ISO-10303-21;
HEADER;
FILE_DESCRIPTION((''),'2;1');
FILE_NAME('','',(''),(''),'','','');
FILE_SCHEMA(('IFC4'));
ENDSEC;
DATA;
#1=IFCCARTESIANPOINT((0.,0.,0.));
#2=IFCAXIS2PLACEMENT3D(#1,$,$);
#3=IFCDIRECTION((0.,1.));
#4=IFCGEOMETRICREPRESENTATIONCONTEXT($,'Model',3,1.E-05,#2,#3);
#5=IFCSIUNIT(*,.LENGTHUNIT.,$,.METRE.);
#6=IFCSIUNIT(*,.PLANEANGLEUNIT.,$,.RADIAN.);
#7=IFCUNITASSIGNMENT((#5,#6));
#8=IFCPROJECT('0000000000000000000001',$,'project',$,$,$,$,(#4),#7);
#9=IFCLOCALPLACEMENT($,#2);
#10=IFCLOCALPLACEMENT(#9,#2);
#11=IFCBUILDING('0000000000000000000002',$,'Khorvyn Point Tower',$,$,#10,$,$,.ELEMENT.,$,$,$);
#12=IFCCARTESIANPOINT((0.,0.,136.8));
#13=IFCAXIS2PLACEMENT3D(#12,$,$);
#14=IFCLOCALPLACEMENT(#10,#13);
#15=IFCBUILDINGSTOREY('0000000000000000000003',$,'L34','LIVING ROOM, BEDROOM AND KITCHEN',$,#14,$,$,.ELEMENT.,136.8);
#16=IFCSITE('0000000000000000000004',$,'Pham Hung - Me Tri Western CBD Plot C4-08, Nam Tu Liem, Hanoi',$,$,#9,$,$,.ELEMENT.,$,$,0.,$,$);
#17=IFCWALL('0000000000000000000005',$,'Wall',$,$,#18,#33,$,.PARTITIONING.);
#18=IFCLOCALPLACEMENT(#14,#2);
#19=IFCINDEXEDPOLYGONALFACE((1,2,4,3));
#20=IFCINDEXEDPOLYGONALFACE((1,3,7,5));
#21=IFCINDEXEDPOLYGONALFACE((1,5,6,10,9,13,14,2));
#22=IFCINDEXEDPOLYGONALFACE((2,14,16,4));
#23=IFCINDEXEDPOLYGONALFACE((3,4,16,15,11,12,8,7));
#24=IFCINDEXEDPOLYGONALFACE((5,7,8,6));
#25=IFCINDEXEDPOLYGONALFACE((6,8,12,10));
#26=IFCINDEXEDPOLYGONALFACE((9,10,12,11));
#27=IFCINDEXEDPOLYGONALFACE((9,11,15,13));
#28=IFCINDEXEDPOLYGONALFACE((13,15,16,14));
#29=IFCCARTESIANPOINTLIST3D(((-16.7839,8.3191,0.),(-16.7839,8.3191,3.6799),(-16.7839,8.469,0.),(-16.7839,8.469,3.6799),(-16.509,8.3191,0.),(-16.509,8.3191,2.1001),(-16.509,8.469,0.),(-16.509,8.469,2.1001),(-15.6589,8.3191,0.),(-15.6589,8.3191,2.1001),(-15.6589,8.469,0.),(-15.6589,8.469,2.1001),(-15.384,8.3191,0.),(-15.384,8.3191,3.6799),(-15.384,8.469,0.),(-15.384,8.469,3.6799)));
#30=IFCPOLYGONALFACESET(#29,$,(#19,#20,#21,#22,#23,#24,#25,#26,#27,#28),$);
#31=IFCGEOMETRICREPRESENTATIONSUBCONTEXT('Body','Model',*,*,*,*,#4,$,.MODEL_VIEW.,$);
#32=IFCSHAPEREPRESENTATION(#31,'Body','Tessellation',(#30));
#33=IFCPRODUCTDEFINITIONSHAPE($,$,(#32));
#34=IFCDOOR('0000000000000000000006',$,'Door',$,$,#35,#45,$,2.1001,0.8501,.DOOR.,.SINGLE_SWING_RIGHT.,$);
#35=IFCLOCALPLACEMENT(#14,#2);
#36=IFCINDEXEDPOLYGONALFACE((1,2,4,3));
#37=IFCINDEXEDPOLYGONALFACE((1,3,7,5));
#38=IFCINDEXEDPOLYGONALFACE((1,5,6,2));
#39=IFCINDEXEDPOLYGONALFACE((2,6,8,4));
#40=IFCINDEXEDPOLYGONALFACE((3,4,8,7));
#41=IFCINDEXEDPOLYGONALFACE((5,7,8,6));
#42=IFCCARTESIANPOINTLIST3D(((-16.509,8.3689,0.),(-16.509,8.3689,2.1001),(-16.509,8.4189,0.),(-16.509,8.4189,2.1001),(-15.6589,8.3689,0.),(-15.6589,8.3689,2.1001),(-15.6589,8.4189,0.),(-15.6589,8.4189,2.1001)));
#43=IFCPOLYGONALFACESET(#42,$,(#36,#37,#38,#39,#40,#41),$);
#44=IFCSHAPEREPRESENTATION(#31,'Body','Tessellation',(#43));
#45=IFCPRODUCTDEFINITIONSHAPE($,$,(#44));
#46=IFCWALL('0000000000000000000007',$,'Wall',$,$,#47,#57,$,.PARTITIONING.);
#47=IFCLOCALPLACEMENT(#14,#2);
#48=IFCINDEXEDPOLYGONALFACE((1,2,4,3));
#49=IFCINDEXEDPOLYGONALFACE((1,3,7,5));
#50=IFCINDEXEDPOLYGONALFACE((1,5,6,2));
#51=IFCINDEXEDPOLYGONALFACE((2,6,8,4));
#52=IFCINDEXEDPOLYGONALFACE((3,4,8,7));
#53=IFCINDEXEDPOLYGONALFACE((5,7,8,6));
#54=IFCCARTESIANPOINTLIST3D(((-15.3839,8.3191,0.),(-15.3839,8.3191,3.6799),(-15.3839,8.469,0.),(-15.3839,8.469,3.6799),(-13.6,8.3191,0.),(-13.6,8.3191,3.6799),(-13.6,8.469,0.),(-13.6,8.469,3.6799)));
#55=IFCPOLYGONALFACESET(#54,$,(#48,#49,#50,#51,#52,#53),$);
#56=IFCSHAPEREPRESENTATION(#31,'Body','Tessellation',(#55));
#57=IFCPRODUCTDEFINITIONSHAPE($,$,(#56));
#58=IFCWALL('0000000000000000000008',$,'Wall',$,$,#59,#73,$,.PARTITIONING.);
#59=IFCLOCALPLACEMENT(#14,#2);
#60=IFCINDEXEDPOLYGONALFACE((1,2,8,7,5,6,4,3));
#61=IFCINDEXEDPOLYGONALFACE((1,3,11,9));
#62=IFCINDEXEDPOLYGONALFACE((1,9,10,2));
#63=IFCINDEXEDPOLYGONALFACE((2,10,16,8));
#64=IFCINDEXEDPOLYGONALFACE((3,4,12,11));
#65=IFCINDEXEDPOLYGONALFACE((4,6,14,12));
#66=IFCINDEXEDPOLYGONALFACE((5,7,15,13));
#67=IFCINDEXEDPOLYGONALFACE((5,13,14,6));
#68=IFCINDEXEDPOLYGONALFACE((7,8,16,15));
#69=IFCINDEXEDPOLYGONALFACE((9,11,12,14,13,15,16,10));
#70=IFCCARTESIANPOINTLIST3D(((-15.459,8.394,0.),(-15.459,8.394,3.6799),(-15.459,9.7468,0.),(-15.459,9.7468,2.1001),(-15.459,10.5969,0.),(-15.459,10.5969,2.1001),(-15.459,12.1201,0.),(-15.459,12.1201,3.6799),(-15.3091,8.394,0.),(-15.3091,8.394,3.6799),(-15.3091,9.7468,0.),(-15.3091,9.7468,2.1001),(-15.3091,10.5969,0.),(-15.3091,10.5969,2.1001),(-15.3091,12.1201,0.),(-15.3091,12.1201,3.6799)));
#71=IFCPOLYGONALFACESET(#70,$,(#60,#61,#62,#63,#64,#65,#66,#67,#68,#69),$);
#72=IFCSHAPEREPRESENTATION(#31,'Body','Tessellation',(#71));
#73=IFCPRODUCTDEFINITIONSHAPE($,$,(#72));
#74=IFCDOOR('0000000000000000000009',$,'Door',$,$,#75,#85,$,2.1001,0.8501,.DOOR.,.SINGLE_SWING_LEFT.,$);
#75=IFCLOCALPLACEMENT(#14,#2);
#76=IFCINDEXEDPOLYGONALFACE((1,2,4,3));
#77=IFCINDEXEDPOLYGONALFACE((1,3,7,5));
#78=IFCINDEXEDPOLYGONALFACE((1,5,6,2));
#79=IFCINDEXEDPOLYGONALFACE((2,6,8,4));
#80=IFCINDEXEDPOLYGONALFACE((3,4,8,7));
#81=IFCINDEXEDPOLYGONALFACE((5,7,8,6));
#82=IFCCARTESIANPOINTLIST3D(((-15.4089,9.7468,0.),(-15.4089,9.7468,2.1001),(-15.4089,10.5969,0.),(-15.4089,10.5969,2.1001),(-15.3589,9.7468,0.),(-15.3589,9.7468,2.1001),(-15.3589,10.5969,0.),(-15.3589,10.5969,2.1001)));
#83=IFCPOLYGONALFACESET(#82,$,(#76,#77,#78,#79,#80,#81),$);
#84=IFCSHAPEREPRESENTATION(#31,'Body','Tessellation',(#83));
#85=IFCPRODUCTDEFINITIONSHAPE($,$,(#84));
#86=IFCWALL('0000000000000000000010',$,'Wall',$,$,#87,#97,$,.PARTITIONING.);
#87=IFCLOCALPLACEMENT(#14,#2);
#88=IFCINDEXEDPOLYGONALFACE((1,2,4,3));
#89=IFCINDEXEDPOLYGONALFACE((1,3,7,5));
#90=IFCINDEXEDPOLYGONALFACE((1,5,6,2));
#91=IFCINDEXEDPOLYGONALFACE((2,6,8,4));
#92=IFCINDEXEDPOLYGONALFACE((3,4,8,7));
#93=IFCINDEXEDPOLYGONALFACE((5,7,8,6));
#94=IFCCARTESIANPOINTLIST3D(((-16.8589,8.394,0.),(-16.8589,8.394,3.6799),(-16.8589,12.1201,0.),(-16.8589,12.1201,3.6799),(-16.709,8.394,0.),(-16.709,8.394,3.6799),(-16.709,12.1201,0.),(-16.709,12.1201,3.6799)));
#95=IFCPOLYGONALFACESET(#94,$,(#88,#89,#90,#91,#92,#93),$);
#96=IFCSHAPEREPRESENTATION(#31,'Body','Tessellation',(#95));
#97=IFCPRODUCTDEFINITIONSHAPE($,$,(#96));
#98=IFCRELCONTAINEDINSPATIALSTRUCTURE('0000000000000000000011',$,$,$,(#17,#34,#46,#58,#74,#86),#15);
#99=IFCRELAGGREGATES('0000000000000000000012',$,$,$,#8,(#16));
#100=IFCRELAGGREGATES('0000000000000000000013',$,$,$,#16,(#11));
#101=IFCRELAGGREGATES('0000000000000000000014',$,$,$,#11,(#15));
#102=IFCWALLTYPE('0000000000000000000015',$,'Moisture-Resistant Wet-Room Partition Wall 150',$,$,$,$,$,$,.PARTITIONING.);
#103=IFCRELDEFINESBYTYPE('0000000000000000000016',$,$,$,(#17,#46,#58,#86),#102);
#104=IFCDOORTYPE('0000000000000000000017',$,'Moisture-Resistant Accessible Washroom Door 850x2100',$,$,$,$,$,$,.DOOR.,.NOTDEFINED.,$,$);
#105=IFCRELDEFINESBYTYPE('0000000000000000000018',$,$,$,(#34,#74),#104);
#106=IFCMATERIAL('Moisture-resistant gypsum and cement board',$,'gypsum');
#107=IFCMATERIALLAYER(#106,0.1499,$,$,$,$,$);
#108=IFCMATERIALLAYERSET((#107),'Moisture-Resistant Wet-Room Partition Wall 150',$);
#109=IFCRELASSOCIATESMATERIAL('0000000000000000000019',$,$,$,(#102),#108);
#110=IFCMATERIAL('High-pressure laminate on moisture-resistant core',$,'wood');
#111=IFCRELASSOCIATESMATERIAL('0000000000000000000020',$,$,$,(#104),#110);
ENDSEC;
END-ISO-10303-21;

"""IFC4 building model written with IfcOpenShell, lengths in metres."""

from ifc_helpers import new_model, si_unit, direction, frame, frame_2d, origin, place, context, subcontext, project, spatial, rectangle, extrude, material, layer, layer_set, type_object, element, fill, save


model = new_model("IFC4")

# Units and contexts
model_context = context("Model", 3, precision=1e-05, world=origin(), true_north=direction((0.0, 1.0)))
body_context = subcontext(model_context, "Body", "Model", "MODEL_VIEW")
ifc_project = project(units=[si_unit("LENGTHUNIT", "METRE"), si_unit("PLANEANGLEUNIT", "RADIAN")], contexts=[model_context])

# Site, building, storey
site_placement = place(None, origin())
site = spatial("IfcSite", under=ifc_project, at=site_placement, Name="Pham Hung - Me Tri Western CBD Plot C4-08, Nam Tu Liem, Hanoi", CompositionType="ELEMENT", RefElevation=0.0)
building_placement = place(site_placement, origin())
building = spatial("IfcBuilding", under=site, at=building_placement, Name="Khorvyn Point Tower", CompositionType="ELEMENT")
storey_placement = place(building_placement, frame((0.0, 0.0, 136.8)))
storey = spatial("IfcBuildingStorey", under=building, at=storey_placement, Name="L34", Description="LIVING ROOM, BEDROOM AND KITCHEN", CompositionType="ELEMENT", Elevation=136.8)

# Wall, opening, door
ifc_material_1 = material(Name="Moisture-resistant gypsum and cement board", Category="gypsum")
ifc_layer_1 = layer(ifc_material_1, 0.1499)
ifc_layer_set_1 = layer_set([ifc_layer_1], Name="Moisture-Resistant Wet-Room Partition Wall 150")
wall_type_1 = type_object("IfcWallType", Name="Moisture-Resistant Wet-Room Partition Wall 150", PredefinedType="PARTITIONING", material=ifc_layer_set_1)
wall_1_placement = place(storey_placement, frame((-16.7839, 8.394, 0.0), z_axis=(0.0, 0.0, 1.0), x_axis=(1.0, 0.0, 0.0)))
wall_1 = element("IfcWall", 1, at=wall_1_placement, inside=storey, type_object=wall_type_1, Name="Wall", PredefinedType="PARTITIONING", context=body_context, shape_type="SweptSolid", body=[
    extrude(rectangle(XDim=1.3999, YDim=0.1499, at=frame_2d((0.7, 0.0))), origin(), (0.0, 0.0, 1.0), 3.6799),
])
opening_1_placement = place(wall_1_placement, frame((0.2749, 0.0, 0.0)))
opening_1 = element("IfcOpeningElement", 2, at=opening_1_placement, cuts=wall_1, PredefinedType="OPENING", context=body_context, shape_type="SweptSolid", body=[
    extrude(rectangle(XDim=0.8501, YDim=2.1001, at=frame_2d((0.425, 1.05))), frame((0.0, 0.085, 0.0), z_axis=(0.0, -1.0, 0.0), x_axis=(1.0, 0.0, 0.0)), (0.0, 0.0, 1.0), 0.1699),
])
ifc_material_2 = material(Name="High-pressure laminate on moisture-resistant core", Category="wood")
door_type_1 = type_object("IfcDoorType", Name="Moisture-Resistant Accessible Washroom Door 850x2100", OperationType="NOTDEFINED", PredefinedType="DOOR", material=ifc_material_2)
door_1_placement = place(opening_1_placement, origin())
door_1 = element("IfcDoor", 3, at=door_1_placement, inside=storey, type_object=door_type_1, Name="Door", OperationType="SINGLE_SWING_RIGHT", OverallHeight=2.1001, OverallWidth=0.8501, PredefinedType="DOOR", context=body_context, shape_type="SweptSolid", body=[
    extrude(rectangle(XDim=0.8501, YDim=2.1001, at=frame_2d((0.425, 1.05))), frame((0.0, 0.0249, 0.0), z_axis=(0.0, -1.0, 0.0), x_axis=(1.0, 0.0, 0.0)), (0.0, 0.0, 1.0), 0.05),
])
fill(opening_1, door_1)

# Wall
wall_2_placement = place(storey_placement, frame((-15.384, 8.394, 0.0), z_axis=(0.0, 0.0, 1.0), x_axis=(1.0, 0.0, 0.0)))
element("IfcWall", 4, at=wall_2_placement, inside=storey, type_object=wall_type_1, Name="Wall", PredefinedType="PARTITIONING", context=body_context, shape_type="SweptSolid", body=[
    extrude(rectangle(XDim=1.7839, YDim=0.1499, at=frame_2d((0.8921, 0.0))), origin(), (0.0, 0.0, 1.0), 3.6799),
])

# Wall, opening, door
wall_3_placement = place(storey_placement, frame((-15.384, 8.394, 0.0), z_axis=(0.0, 0.0, 1.0), x_axis=(0.0, 1.0, 0.0)))
wall_3 = element("IfcWall", 5, at=wall_3_placement, inside=storey, type_object=wall_type_1, Name="Wall", PredefinedType="PARTITIONING", context=body_context, shape_type="SweptSolid", body=[
    extrude(rectangle(XDim=3.7261, YDim=0.1499, at=frame_2d((1.863, 0.0))), origin(), (0.0, 0.0, 1.0), 3.6799),
])
opening_2_placement = place(wall_3_placement, frame((1.3528, 0.0, 0.0)))
opening_2 = element("IfcOpeningElement", 6, at=opening_2_placement, cuts=wall_3, PredefinedType="OPENING", context=body_context, shape_type="SweptSolid", body=[
    extrude(rectangle(XDim=0.8501, YDim=2.1001, at=frame_2d((0.425, 1.05))), frame((0.0, 0.085, 0.0), z_axis=(0.0, -1.0, 0.0), x_axis=(1.0, 0.0, 0.0)), (0.0, 0.0, 1.0), 0.1699),
])
door_2_placement = place(opening_2_placement, origin())
door_2 = element("IfcDoor", 7, at=door_2_placement, inside=storey, type_object=door_type_1, Name="Door", OperationType="SINGLE_SWING_LEFT", OverallHeight=2.1001, OverallWidth=0.8501, PredefinedType="DOOR", context=body_context, shape_type="SweptSolid", body=[
    extrude(rectangle(XDim=0.8501, YDim=2.1001, at=frame_2d((0.425, 1.05))), frame((0.0, 0.0249, 0.0), z_axis=(0.0, -1.0, 0.0), x_axis=(1.0, 0.0, 0.0)), (0.0, 0.0, 1.0), 0.05),
])
fill(opening_2, door_2)

# Wall
wall_4_placement = place(storey_placement, frame((-16.7839, 8.394, 0.0), z_axis=(0.0, 0.0, 1.0), x_axis=(0.0, 1.0, 0.0)))
element("IfcWall", 8, at=wall_4_placement, inside=storey, type_object=wall_type_1, Name="Wall", PredefinedType="PARTITIONING", context=body_context, shape_type="SweptSolid", body=[
    extrude(rectangle(XDim=3.7261, YDim=0.1499, at=frame_2d((1.863, 0.0))), origin(), (0.0, 0.0, 1.0), 3.6799),
])

save(model, "model.ifc")
